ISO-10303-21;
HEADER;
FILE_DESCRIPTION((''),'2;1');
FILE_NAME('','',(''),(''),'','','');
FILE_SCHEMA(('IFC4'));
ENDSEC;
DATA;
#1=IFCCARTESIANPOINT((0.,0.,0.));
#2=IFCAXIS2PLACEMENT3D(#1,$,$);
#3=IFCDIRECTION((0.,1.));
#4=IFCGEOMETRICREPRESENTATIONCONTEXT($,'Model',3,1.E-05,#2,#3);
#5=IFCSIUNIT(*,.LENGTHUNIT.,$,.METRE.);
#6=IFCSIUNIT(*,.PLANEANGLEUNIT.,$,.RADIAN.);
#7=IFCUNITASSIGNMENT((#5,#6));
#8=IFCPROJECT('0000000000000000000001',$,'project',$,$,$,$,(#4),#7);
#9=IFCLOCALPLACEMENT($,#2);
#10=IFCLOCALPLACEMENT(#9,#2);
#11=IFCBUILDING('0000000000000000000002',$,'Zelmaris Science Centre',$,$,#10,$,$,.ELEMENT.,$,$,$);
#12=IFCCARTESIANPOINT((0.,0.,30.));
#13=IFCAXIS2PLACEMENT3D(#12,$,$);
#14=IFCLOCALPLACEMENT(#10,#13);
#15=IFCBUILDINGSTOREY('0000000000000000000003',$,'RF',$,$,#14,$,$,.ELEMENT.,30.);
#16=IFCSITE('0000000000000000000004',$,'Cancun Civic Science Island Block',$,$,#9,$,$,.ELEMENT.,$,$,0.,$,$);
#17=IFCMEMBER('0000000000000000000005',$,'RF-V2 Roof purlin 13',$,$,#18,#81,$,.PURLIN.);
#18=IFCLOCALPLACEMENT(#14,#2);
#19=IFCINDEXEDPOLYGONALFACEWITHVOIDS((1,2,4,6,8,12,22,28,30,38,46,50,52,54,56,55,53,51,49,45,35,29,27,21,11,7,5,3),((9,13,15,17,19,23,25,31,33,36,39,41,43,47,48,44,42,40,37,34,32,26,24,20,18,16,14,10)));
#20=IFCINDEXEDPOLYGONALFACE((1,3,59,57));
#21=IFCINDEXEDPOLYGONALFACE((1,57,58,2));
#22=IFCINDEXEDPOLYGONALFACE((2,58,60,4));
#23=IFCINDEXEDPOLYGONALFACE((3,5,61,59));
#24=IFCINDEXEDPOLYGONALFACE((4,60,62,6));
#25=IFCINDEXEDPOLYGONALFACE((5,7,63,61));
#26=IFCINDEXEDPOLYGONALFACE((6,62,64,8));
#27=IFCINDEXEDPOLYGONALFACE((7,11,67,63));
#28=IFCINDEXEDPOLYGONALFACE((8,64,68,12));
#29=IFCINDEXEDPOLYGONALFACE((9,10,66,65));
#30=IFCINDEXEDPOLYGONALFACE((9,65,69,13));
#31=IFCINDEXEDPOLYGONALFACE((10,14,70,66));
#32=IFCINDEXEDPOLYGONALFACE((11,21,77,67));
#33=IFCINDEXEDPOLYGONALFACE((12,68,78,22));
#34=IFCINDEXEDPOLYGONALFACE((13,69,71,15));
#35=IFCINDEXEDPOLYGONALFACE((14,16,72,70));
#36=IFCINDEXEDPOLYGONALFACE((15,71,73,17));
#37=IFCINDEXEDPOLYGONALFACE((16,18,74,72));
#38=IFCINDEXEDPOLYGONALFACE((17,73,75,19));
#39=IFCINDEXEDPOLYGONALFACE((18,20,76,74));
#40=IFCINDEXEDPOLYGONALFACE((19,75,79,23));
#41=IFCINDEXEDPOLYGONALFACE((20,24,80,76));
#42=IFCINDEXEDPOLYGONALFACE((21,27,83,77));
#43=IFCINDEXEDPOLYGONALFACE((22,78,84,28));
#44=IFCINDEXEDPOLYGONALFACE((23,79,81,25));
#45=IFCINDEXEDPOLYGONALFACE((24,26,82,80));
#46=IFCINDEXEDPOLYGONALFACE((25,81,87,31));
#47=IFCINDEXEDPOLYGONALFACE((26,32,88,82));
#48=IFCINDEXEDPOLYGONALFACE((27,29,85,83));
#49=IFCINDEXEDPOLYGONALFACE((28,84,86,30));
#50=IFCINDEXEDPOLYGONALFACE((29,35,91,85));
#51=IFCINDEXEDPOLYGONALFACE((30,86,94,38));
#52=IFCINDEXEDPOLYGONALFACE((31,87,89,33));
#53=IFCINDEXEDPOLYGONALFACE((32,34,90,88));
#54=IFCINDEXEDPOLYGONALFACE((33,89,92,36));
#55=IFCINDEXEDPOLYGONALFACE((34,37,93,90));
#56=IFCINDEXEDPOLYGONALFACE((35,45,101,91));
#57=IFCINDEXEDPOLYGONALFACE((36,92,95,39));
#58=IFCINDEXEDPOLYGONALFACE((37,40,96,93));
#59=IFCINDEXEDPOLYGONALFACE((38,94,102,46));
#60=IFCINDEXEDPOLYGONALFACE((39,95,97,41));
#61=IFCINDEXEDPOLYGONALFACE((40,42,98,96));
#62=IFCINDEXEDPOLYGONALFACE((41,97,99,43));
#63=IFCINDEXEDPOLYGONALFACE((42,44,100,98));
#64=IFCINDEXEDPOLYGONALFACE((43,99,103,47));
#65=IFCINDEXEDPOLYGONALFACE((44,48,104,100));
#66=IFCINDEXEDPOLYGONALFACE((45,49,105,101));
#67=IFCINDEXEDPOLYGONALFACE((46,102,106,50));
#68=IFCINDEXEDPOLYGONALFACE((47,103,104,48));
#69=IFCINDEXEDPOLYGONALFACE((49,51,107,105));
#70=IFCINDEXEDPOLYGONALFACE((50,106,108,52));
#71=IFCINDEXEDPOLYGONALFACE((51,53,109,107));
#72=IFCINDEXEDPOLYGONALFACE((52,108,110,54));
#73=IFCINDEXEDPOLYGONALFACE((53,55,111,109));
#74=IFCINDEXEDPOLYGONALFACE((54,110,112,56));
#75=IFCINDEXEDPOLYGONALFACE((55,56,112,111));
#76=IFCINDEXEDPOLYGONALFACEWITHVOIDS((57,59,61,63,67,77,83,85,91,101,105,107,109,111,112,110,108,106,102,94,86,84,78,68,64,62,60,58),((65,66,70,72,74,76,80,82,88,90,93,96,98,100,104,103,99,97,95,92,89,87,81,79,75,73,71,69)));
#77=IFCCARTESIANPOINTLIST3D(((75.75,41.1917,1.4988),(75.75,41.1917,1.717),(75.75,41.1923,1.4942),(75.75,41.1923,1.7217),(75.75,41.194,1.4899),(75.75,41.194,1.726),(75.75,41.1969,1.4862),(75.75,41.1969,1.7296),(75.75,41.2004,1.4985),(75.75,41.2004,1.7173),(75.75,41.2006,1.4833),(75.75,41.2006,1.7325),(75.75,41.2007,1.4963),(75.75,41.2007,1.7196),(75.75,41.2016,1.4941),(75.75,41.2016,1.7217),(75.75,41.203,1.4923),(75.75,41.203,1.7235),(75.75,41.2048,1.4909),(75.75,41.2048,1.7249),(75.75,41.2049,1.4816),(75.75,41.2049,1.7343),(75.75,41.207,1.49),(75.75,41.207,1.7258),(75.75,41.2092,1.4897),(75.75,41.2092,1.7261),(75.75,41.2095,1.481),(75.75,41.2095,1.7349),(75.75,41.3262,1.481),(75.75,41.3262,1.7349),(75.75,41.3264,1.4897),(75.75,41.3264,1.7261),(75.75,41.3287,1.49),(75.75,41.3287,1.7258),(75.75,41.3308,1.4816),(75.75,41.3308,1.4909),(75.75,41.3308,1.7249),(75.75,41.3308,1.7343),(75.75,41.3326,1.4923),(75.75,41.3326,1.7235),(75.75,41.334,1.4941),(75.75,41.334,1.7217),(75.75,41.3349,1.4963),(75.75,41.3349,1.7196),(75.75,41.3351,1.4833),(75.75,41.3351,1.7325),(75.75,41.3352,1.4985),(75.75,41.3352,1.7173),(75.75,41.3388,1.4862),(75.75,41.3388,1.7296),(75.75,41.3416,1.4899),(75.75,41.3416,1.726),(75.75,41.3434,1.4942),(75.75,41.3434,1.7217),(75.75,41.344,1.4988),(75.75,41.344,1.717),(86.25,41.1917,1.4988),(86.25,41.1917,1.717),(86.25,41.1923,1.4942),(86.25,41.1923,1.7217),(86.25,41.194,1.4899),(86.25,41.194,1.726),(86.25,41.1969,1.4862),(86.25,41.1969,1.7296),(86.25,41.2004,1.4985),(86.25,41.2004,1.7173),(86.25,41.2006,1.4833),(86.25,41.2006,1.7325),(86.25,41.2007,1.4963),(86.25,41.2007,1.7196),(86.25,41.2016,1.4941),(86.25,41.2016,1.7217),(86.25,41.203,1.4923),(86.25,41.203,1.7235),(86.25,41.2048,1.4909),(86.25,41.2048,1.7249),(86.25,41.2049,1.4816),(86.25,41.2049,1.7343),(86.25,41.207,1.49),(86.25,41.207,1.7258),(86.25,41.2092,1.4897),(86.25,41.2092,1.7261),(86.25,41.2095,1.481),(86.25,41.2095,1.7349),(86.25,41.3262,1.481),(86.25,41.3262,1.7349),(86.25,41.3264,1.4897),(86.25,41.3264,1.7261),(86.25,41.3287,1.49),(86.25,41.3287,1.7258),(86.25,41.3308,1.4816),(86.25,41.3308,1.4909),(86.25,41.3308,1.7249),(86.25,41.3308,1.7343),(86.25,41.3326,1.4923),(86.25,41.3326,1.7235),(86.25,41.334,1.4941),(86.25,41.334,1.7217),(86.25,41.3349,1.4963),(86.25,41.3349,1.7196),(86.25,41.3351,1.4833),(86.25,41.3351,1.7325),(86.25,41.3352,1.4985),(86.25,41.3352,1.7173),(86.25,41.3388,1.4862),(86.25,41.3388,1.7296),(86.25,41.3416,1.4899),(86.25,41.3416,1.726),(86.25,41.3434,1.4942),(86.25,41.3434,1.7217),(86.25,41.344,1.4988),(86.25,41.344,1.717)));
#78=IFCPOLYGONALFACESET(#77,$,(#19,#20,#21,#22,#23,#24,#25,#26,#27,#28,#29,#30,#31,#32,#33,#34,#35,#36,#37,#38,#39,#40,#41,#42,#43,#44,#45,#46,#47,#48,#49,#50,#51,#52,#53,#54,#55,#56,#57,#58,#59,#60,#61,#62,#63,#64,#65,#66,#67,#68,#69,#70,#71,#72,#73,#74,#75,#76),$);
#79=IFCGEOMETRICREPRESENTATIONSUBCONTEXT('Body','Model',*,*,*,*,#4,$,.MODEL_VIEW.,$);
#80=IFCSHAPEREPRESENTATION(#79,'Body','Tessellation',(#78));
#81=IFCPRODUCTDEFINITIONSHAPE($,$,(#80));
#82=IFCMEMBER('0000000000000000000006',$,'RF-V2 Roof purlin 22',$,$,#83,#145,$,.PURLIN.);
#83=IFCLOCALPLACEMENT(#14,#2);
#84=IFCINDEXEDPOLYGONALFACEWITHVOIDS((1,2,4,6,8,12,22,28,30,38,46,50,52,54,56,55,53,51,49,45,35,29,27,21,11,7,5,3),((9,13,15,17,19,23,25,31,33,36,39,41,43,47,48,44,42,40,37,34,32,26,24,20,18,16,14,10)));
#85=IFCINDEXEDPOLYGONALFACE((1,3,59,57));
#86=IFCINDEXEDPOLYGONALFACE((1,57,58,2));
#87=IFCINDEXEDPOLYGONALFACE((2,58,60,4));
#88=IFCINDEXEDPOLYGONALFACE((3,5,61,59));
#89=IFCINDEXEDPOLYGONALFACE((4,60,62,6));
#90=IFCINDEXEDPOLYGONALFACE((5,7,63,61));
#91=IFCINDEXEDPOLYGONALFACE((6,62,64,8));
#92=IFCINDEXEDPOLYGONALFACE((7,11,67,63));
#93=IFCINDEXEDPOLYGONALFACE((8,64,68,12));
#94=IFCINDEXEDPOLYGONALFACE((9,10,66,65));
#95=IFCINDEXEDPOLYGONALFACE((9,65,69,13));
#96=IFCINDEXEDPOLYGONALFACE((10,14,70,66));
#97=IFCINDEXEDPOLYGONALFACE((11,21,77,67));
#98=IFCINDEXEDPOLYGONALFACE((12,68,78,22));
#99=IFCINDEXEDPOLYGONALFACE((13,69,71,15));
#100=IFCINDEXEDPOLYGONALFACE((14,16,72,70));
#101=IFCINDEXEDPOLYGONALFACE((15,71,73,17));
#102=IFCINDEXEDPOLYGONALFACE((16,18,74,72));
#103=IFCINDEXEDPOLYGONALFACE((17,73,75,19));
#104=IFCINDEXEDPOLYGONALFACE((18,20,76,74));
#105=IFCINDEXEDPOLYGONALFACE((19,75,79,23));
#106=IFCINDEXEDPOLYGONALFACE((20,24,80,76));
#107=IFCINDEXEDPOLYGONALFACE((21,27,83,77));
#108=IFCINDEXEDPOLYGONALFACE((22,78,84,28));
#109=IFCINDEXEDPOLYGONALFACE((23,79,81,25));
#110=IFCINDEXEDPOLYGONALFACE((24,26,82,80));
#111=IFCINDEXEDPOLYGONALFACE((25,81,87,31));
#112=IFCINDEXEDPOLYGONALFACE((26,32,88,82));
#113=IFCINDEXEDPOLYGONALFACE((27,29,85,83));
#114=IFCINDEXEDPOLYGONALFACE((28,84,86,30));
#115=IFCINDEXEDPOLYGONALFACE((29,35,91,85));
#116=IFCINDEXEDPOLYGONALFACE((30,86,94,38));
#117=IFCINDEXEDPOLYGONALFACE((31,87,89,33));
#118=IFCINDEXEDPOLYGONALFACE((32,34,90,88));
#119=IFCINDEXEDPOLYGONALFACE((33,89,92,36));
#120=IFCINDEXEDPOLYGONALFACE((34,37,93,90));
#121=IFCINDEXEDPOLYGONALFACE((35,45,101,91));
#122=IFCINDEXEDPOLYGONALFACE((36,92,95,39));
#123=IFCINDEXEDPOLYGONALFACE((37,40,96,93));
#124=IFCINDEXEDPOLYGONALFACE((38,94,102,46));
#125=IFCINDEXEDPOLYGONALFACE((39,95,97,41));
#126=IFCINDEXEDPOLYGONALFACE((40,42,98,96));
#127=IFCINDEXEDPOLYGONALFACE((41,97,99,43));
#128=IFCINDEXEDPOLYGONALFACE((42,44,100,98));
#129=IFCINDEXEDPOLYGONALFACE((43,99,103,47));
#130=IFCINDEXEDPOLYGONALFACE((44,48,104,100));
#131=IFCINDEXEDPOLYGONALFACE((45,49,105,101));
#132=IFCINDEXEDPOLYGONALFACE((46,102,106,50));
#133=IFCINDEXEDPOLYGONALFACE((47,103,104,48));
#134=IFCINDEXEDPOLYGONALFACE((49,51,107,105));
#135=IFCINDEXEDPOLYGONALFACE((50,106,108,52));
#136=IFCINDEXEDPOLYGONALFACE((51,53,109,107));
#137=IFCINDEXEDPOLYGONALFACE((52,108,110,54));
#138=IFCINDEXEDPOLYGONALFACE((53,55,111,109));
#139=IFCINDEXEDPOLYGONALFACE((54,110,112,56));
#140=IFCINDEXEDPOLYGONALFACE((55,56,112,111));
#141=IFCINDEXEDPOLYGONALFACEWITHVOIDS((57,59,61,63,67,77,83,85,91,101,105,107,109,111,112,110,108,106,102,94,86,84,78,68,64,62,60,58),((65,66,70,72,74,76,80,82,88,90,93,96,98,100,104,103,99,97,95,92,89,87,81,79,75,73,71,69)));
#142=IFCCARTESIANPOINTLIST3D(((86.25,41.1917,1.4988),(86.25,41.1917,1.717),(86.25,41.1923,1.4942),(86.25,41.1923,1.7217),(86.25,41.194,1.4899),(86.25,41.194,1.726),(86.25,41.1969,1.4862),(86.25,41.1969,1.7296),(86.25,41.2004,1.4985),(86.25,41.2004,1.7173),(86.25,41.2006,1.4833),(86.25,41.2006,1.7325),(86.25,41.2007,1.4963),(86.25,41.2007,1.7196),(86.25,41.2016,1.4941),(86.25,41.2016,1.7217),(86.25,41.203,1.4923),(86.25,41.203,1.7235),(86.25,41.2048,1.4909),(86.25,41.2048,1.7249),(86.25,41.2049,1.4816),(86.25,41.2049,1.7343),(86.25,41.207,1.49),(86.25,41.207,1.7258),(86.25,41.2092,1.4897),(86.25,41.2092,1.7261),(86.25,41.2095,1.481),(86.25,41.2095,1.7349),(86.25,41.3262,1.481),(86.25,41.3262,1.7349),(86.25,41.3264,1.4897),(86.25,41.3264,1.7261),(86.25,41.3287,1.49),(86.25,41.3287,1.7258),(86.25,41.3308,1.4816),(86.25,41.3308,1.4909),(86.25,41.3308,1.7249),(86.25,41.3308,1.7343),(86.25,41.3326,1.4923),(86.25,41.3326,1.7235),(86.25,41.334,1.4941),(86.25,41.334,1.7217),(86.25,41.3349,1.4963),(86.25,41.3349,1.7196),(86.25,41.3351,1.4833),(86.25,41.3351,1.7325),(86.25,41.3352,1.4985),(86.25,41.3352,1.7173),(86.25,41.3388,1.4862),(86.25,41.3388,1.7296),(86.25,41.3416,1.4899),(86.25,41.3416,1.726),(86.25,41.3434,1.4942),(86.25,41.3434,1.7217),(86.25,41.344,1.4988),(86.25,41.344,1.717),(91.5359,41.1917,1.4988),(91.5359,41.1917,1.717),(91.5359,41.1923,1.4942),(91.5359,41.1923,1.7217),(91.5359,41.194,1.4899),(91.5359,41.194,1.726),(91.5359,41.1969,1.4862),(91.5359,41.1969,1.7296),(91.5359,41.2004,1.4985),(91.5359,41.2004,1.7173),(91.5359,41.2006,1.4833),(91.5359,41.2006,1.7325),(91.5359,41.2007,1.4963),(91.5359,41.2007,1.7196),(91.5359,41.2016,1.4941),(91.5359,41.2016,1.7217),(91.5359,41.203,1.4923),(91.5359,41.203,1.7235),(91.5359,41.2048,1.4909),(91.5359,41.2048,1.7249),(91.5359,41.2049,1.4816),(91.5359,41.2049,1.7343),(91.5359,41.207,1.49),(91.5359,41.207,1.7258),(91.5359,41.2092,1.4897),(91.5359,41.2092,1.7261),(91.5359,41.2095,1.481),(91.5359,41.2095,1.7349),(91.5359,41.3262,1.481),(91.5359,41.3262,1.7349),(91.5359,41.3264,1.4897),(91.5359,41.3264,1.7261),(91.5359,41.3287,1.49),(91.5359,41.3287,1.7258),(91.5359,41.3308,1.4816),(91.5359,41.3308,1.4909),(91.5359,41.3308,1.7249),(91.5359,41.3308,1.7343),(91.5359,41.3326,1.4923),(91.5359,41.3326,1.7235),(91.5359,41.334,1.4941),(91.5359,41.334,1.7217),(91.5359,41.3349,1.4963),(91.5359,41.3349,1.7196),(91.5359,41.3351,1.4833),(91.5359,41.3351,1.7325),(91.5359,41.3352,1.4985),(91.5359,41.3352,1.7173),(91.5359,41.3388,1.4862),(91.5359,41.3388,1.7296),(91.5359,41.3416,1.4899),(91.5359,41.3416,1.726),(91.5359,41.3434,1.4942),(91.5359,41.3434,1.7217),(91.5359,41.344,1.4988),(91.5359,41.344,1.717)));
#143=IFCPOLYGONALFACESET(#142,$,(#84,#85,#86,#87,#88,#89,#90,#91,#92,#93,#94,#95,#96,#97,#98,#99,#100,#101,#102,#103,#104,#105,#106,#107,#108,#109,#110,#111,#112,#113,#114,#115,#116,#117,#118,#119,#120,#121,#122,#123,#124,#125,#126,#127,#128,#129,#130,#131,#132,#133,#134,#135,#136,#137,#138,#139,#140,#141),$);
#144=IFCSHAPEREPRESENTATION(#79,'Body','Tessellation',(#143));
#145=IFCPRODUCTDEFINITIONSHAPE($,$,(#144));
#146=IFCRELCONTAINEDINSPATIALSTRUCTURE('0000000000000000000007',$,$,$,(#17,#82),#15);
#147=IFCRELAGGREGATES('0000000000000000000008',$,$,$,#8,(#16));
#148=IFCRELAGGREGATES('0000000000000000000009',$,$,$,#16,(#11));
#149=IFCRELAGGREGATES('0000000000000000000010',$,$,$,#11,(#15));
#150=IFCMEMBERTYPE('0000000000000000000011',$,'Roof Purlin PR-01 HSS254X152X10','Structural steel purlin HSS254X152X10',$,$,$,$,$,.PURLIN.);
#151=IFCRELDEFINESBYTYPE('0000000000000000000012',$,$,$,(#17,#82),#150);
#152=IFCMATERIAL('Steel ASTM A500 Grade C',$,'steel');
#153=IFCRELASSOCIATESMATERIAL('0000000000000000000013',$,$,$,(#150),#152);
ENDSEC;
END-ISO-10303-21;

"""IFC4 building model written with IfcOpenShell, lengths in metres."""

from ifc_helpers import new_model, si_unit, direction, frame, origin, origin_2d, place, context, subcontext, project, spatial, hollow_rectangle, extrude, material, material_profile, profile_set, type_object, element, save


model = new_model("IFC4")

# Units and contexts
model_context = context("Model", 3, precision=1e-05, world=origin(), true_north=direction((0.0, 1.0)))
body_context = subcontext(model_context, "Body", "Model", "MODEL_VIEW")
ifc_project = project(units=[si_unit("LENGTHUNIT", "METRE"), si_unit("PLANEANGLEUNIT", "RADIAN")], contexts=[model_context])

# Site, building, storey
site_placement = place(None, origin())
site = spatial("IfcSite", under=ifc_project, at=site_placement, Name="Cancun Civic Science Island Block", CompositionType="ELEMENT", RefElevation=0.0)
building_placement = place(site_placement, origin())
building = spatial("IfcBuilding", under=site, at=building_placement, Name="Zelmaris Science Centre", CompositionType="ELEMENT")
storey_placement = place(building_placement, frame((0.0, 0.0, 30.0)))
storey = spatial("IfcBuildingStorey", under=building, at=storey_placement, Name="RF", CompositionType="ELEMENT", Elevation=30.0)

# Shared definitions
ifc_material_1 = material(Name="Steel ASTM A500 Grade C", Category="steel")

# Members
ifc_material_profile_1 = material_profile(ifc_material_1, hollow_rectangle(XDim=0.1523, YDim=0.2539, WallThickness=0.0088, InnerFilletRadius=0.0088, OuterFilletRadius=0.0178, at=origin_2d()), Name="HSS254X152X10")
ifc_profile_set_1 = profile_set([ifc_material_profile_1], Name="Steel ASTM A500 Grade C")
member_type_1 = type_object("IfcMemberType", Name="Roof Purlin PR-01 HSS254X152X10", Description="Structural steel purlin HSS254X152X10", PredefinedType="PURLIN", material=ifc_profile_set_1)
member_1_placement = place(storey_placement, frame((75.75, 41.2678, 1.6079), z_axis=(1.0, 0.0, 0.0), x_axis=(0.0, 1.0, 0.0)))
element("IfcMember", 1, at=member_1_placement, inside=storey, type_object=member_type_1, Name="RF-V2 Roof purlin 13", PredefinedType="PURLIN", context=body_context, shape_type="SweptSolid", body=[
    extrude(hollow_rectangle(XDim=0.1523, YDim=0.2539, WallThickness=0.0088, InnerFilletRadius=0.0088, OuterFilletRadius=0.0178, at=origin_2d()), origin(), (0.0, 0.0, 1.0), 10.5),
])
member_2_placement = place(storey_placement, frame((86.25, 41.2678, 1.6079), z_axis=(1.0, 0.0, 0.0), x_axis=(0.0, 1.0, 0.0)))
element("IfcMember", 2, at=member_2_placement, inside=storey, type_object=member_type_1, Name="RF-V2 Roof purlin 22", PredefinedType="PURLIN", context=body_context, shape_type="SweptSolid", body=[
    extrude(hollow_rectangle(XDim=0.1523, YDim=0.2539, WallThickness=0.0088, InnerFilletRadius=0.0088, OuterFilletRadius=0.0178, at=origin_2d()), origin(), (0.0, 0.0, 1.0), 5.2859),
])

save(model, "model.ifc")
